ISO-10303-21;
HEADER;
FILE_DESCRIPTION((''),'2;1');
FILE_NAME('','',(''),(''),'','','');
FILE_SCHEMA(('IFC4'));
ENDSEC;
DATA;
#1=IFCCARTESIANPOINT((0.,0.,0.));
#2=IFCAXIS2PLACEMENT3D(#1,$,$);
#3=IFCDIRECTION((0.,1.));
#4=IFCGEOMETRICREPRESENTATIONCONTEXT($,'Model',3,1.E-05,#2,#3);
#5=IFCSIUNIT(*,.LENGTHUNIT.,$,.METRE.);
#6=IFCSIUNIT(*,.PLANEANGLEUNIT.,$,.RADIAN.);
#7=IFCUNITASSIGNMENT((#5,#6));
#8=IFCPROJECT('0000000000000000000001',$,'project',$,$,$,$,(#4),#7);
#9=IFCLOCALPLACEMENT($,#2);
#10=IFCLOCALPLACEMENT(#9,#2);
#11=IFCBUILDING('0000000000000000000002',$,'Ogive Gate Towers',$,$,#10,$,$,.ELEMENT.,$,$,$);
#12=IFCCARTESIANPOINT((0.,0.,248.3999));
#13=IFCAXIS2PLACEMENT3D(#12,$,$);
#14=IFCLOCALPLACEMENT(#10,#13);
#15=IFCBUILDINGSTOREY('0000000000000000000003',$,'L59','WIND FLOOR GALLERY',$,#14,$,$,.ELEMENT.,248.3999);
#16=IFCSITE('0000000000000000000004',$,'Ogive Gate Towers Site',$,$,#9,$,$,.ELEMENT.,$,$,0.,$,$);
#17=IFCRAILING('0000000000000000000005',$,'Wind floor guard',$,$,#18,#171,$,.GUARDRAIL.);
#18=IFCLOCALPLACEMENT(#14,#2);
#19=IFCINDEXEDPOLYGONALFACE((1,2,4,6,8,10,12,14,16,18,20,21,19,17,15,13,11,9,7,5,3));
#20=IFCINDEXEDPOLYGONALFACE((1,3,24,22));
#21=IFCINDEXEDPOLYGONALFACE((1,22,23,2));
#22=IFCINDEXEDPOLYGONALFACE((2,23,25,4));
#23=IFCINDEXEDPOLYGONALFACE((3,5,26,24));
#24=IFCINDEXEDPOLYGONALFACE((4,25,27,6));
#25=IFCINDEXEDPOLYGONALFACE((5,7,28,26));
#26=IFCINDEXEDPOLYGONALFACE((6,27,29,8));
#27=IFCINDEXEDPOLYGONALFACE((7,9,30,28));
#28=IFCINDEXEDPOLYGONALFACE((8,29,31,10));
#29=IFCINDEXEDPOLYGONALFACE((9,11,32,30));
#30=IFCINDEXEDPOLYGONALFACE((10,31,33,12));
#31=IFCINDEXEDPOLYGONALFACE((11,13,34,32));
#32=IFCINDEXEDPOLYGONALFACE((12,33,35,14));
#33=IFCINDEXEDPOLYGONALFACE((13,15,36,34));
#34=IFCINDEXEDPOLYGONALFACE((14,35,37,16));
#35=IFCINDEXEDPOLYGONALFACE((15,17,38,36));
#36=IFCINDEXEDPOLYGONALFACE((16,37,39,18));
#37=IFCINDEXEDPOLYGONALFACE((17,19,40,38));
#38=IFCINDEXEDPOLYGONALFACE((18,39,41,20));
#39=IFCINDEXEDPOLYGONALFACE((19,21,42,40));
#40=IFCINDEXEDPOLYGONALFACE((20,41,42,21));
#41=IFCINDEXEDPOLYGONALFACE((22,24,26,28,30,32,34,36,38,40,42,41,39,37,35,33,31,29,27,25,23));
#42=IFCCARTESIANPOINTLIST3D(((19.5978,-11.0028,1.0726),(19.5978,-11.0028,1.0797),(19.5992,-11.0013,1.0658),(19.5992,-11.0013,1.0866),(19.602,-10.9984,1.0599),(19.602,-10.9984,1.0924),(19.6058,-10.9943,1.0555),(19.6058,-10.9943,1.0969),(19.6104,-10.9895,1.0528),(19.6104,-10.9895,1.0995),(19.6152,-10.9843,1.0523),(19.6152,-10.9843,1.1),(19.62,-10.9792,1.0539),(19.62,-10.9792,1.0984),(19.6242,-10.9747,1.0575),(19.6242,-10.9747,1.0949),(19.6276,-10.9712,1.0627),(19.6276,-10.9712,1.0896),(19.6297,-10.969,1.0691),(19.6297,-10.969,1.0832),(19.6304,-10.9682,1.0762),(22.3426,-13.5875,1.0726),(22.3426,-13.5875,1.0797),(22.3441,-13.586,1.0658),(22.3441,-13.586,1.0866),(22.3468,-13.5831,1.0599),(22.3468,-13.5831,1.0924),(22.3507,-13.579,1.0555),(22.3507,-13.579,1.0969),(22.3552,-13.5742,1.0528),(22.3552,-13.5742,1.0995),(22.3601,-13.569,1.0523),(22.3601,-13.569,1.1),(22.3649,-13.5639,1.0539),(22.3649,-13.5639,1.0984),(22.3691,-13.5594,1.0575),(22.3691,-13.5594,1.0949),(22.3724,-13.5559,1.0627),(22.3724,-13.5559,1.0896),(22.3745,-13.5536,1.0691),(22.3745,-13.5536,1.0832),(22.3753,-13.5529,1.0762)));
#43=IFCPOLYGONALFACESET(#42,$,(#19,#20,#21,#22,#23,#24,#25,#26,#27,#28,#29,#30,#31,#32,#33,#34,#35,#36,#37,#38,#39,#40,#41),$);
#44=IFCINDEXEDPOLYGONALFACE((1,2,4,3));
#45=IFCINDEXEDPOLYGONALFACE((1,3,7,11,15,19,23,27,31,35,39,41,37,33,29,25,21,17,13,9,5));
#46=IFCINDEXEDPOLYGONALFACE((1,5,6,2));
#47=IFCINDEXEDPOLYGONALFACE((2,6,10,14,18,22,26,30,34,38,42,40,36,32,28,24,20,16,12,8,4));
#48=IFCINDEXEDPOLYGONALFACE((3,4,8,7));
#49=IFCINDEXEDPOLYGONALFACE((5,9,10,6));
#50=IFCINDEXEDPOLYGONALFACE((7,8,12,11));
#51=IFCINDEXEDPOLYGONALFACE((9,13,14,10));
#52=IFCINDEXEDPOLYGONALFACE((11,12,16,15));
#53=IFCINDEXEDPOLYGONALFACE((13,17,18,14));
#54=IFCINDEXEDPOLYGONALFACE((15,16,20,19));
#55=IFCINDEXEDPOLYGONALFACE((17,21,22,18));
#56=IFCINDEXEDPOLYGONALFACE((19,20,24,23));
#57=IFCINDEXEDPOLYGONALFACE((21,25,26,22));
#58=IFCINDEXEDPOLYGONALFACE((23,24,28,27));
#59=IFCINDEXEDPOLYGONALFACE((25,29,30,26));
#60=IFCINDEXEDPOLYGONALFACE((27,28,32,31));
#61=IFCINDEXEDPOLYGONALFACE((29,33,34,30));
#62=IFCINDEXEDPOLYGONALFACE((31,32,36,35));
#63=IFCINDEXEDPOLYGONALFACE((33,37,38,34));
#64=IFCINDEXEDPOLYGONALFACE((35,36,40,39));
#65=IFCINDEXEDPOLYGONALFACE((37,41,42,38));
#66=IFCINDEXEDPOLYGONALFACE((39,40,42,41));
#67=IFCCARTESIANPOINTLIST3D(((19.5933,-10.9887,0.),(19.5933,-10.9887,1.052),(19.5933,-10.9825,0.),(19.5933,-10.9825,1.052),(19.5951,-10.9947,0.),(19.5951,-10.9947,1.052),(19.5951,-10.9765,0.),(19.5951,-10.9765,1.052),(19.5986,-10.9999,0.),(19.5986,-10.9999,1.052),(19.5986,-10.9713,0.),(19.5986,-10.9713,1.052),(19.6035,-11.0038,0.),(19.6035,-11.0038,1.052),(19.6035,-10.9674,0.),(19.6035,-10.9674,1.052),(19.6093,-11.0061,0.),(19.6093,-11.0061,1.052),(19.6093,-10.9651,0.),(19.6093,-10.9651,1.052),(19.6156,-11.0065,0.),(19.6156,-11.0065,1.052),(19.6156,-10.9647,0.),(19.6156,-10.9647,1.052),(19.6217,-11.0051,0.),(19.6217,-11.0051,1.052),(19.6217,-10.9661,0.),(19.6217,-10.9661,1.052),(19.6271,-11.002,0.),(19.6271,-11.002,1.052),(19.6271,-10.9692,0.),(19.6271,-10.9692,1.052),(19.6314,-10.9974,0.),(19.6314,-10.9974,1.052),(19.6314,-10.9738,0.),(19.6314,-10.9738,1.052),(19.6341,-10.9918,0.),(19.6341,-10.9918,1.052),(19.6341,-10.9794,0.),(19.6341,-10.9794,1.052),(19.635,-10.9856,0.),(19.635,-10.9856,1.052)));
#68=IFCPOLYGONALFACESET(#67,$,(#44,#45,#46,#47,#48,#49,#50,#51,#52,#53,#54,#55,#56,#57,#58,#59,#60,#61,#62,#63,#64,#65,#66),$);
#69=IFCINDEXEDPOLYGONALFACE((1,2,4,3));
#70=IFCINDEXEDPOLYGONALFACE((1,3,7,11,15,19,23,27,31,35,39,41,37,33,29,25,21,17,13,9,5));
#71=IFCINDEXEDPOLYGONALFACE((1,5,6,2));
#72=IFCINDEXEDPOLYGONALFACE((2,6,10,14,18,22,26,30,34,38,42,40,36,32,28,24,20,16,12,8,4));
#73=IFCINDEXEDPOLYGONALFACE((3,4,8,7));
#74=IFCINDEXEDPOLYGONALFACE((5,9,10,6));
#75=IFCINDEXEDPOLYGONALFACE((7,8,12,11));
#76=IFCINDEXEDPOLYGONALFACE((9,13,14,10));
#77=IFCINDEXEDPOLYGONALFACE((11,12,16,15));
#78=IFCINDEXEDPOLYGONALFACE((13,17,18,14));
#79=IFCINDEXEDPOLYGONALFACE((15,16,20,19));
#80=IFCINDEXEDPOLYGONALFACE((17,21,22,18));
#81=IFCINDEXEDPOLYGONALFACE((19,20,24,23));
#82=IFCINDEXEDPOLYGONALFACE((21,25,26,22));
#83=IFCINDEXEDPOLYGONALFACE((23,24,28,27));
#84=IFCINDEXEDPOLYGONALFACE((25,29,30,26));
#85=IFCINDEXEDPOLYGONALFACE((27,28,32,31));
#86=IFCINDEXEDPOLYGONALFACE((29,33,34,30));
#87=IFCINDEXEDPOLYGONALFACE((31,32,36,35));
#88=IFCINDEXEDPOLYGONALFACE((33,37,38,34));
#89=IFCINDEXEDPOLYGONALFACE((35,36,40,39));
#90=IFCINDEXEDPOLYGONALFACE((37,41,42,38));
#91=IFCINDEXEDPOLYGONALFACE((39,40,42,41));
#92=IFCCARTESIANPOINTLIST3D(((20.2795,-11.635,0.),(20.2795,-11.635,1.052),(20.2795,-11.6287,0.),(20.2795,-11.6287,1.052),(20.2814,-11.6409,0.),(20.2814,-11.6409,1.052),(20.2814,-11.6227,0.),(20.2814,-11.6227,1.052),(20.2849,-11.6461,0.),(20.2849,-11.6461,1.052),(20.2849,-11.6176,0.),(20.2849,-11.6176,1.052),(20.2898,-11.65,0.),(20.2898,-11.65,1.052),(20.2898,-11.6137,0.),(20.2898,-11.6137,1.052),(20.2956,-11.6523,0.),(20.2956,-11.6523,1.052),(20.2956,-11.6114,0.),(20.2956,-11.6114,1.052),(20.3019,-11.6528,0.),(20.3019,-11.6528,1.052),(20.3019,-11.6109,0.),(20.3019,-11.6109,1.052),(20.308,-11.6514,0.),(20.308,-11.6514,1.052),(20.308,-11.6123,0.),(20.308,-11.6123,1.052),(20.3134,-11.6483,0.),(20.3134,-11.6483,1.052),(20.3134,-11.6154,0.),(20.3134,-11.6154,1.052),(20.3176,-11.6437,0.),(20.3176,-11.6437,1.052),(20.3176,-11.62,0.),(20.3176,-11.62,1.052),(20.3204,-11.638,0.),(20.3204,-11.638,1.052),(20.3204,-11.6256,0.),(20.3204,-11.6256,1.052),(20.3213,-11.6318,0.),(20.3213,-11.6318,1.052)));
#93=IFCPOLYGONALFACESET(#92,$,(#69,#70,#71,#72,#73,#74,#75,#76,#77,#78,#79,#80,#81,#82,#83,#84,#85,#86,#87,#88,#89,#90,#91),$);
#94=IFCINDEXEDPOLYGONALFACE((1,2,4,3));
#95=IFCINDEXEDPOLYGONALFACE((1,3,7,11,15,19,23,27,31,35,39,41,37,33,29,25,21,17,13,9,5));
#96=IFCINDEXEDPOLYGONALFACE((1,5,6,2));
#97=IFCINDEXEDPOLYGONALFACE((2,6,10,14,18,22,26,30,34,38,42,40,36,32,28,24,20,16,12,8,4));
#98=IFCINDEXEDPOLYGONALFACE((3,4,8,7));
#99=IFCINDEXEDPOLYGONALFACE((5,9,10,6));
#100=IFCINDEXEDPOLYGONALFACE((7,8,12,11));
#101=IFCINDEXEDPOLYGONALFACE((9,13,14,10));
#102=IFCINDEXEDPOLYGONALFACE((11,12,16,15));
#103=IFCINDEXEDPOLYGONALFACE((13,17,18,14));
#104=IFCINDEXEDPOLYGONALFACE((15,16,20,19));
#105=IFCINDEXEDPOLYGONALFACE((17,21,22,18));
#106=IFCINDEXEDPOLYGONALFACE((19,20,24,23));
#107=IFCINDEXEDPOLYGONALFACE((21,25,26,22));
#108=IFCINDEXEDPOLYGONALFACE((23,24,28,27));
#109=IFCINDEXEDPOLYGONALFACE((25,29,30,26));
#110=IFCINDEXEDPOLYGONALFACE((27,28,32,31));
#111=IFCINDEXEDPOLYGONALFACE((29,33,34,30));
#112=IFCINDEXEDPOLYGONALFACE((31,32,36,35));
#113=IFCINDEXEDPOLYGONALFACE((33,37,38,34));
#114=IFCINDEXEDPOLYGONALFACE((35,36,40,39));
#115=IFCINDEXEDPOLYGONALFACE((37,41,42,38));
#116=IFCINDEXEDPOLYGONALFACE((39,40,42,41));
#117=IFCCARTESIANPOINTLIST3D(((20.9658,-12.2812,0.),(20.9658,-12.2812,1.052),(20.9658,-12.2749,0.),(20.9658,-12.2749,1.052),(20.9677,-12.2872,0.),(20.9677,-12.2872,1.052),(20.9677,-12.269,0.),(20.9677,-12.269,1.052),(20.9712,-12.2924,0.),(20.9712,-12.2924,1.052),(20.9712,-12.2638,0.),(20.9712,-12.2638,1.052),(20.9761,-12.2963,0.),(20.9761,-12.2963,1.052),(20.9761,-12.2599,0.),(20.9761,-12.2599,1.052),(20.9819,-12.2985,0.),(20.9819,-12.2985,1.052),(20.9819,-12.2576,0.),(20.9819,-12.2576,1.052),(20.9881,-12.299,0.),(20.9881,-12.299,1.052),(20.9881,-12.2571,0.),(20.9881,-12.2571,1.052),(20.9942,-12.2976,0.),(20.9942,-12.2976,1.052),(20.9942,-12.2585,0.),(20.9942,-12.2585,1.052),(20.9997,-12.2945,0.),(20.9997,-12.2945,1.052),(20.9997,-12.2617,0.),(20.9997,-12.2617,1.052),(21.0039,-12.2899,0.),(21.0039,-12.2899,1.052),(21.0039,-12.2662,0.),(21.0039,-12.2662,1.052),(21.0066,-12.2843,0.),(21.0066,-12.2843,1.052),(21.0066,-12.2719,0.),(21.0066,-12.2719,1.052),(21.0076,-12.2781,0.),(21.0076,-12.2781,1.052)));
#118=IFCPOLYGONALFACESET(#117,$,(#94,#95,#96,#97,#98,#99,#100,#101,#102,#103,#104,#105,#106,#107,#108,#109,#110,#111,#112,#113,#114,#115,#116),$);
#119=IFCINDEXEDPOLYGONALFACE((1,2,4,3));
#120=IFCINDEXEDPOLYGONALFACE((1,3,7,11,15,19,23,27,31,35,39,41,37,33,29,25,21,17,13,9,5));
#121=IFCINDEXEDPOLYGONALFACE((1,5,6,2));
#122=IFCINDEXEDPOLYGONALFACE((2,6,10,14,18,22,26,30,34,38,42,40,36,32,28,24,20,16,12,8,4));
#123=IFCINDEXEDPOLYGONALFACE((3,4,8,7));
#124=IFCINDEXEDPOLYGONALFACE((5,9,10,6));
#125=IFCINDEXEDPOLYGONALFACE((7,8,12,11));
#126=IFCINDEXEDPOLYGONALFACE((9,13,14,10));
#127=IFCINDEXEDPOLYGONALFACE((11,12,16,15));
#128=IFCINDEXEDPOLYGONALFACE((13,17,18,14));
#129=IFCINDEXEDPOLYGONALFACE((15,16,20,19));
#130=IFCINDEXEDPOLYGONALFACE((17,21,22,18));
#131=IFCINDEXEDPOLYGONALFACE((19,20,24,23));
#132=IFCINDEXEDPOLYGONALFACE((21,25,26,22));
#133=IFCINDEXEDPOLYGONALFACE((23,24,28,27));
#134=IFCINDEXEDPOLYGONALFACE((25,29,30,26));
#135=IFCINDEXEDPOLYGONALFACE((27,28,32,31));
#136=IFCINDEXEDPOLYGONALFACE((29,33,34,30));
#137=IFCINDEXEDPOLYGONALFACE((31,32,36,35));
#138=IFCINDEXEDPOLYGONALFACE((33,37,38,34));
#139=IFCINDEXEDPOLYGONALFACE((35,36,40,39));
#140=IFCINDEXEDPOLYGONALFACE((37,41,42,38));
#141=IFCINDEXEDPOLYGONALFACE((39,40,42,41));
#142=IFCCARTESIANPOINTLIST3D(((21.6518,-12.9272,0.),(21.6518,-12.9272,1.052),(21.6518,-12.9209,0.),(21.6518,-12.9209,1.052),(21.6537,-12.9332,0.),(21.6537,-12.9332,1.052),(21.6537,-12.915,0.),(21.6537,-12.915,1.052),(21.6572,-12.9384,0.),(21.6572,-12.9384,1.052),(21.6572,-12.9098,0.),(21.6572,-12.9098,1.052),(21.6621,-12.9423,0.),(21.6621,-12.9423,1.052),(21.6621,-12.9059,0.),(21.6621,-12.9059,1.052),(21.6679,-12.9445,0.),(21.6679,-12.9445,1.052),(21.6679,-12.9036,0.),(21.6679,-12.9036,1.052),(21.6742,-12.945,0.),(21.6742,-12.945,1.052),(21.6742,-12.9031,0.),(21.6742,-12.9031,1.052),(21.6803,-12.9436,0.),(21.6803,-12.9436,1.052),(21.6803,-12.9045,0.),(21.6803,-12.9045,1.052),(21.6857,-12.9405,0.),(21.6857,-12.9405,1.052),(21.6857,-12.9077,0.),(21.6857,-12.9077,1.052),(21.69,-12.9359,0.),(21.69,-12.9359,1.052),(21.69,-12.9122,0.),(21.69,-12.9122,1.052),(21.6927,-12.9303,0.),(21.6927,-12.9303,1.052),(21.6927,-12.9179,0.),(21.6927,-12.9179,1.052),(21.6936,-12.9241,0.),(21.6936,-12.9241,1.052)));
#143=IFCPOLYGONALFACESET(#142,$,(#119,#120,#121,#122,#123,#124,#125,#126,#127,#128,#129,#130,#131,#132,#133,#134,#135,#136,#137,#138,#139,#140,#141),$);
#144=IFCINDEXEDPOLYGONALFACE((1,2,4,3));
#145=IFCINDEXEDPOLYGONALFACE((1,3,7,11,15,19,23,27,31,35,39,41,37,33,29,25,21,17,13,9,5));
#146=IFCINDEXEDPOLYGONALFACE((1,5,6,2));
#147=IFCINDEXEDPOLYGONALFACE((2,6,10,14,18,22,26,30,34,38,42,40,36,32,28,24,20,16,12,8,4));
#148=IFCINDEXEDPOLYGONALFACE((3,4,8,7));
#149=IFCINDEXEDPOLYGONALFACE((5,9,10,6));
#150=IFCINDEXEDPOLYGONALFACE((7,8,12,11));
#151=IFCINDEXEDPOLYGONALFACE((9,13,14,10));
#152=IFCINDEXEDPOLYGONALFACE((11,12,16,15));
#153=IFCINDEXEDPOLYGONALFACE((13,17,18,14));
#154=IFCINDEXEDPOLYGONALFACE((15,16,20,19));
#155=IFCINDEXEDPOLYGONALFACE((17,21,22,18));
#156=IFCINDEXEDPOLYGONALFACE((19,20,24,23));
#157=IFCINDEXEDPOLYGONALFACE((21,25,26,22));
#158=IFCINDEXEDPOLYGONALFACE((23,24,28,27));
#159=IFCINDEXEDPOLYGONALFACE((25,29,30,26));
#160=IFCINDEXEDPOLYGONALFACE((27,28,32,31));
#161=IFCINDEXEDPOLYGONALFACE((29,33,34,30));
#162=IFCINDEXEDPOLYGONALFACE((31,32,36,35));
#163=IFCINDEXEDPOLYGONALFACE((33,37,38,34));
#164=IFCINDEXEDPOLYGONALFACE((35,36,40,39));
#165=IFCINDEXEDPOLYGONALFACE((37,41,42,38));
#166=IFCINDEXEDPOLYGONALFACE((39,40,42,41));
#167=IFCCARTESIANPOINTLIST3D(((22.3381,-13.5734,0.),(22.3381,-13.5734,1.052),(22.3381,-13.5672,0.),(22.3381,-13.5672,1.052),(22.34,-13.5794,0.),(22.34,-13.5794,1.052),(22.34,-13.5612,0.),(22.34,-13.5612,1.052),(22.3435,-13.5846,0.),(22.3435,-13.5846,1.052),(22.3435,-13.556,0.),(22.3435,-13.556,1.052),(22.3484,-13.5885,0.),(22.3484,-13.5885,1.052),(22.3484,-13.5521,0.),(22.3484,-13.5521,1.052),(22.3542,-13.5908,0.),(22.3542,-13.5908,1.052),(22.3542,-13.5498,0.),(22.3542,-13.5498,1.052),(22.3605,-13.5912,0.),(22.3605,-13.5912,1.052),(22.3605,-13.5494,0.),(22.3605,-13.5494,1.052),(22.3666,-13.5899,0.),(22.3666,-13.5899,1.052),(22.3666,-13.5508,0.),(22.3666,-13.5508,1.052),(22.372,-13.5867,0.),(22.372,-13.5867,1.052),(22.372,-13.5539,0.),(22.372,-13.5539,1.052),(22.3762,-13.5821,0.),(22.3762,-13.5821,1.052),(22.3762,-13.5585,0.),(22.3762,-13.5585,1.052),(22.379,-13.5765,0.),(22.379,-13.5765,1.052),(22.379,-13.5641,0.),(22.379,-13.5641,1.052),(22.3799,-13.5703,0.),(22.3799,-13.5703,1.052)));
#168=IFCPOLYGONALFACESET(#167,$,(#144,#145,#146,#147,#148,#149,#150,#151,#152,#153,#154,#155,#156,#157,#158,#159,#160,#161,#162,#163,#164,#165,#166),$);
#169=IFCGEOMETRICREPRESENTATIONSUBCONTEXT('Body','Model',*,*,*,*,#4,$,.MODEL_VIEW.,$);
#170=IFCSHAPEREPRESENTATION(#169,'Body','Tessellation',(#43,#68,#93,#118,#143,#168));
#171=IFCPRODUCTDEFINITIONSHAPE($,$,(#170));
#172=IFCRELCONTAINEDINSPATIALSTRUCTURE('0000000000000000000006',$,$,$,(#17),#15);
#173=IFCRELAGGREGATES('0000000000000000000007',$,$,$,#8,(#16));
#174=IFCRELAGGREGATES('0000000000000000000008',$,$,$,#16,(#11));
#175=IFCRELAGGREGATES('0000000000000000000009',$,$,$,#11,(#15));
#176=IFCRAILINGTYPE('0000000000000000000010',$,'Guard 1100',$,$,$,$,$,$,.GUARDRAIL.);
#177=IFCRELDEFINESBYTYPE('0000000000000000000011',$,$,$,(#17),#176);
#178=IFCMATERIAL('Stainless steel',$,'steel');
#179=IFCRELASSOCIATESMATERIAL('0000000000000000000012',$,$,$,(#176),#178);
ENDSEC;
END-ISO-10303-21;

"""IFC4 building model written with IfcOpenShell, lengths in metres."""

from ifc_helpers import new_model, si_unit, direction, frame, origin, origin_2d, place, context, subcontext, project, spatial, circle, extrude, material, type_object, element, save


model = new_model("IFC4")

# Units and contexts
model_context = context("Model", 3, precision=1e-05, world=origin(), true_north=direction((0.0, 1.0)))
body_context = subcontext(model_context, "Body", "Model", "MODEL_VIEW")
ifc_project = project(units=[si_unit("LENGTHUNIT", "METRE"), si_unit("PLANEANGLEUNIT", "RADIAN")], contexts=[model_context])

# Site, building, storey
site_placement = place(None, origin())
site = spatial("IfcSite", under=ifc_project, at=site_placement, Name="Ogive Gate Towers Site", CompositionType="ELEMENT", RefElevation=0.0)
building_placement = place(site_placement, origin())
building = spatial("IfcBuilding", under=site, at=building_placement, Name="Ogive Gate Towers", CompositionType="ELEMENT")
storey_placement = place(building_placement, frame((0.0, 0.0, 248.3999)))
storey = spatial("IfcBuildingStorey", under=building, at=storey_placement, Name="L59", Description="WIND FLOOR GALLERY", CompositionType="ELEMENT", Elevation=248.3999)

# Railing
ifc_material_1 = material(Name="Stainless steel", Category="steel")
railing_type = type_object("IfcRailingType", Name="Guard 1100", PredefinedType="GUARDRAIL", material=ifc_material_1)
railing_1_placement = place(storey_placement, frame((19.614, -10.9856, 0.0)))
element("IfcRailing", 1, at=railing_1_placement, inside=storey, type_object=railing_type, Name="Wind floor guard", PredefinedType="GUARDRAIL", context=body_context, shape_type="SweptSolid", body=[
    extrude(circle(Radius=0.0239, at=origin_2d()), frame((0.0, 0.0, 1.0762), z_axis=(0.728027, -0.685548, 0.0), x_axis=(0.685548, 0.728027, 0.0)), (0.0, 0.0, 1.0), 3.7703),
    extrude(circle(Radius=0.021, at=origin_2d()), origin(), (0.0, 0.0, 1.0), 1.052),
    extrude(circle(Radius=0.021, at=origin_2d()), frame((0.6863, -0.6462, 0.0)), (0.0, 0.0, 1.0), 1.052),
    extrude(circle(Radius=0.021, at=origin_2d()), frame((1.3726, -1.2925, 0.0)), (0.0, 0.0, 1.0), 1.052),
    extrude(circle(Radius=0.021, at=origin_2d()), frame((2.0586, -1.9385, 0.0)), (0.0, 0.0, 1.0), 1.052),
    extrude(circle(Radius=0.021, at=origin_2d()), frame((2.7449, -2.5847, 0.0)), (0.0, 0.0, 1.0), 1.052),
])

save(model, "model.ifc")
